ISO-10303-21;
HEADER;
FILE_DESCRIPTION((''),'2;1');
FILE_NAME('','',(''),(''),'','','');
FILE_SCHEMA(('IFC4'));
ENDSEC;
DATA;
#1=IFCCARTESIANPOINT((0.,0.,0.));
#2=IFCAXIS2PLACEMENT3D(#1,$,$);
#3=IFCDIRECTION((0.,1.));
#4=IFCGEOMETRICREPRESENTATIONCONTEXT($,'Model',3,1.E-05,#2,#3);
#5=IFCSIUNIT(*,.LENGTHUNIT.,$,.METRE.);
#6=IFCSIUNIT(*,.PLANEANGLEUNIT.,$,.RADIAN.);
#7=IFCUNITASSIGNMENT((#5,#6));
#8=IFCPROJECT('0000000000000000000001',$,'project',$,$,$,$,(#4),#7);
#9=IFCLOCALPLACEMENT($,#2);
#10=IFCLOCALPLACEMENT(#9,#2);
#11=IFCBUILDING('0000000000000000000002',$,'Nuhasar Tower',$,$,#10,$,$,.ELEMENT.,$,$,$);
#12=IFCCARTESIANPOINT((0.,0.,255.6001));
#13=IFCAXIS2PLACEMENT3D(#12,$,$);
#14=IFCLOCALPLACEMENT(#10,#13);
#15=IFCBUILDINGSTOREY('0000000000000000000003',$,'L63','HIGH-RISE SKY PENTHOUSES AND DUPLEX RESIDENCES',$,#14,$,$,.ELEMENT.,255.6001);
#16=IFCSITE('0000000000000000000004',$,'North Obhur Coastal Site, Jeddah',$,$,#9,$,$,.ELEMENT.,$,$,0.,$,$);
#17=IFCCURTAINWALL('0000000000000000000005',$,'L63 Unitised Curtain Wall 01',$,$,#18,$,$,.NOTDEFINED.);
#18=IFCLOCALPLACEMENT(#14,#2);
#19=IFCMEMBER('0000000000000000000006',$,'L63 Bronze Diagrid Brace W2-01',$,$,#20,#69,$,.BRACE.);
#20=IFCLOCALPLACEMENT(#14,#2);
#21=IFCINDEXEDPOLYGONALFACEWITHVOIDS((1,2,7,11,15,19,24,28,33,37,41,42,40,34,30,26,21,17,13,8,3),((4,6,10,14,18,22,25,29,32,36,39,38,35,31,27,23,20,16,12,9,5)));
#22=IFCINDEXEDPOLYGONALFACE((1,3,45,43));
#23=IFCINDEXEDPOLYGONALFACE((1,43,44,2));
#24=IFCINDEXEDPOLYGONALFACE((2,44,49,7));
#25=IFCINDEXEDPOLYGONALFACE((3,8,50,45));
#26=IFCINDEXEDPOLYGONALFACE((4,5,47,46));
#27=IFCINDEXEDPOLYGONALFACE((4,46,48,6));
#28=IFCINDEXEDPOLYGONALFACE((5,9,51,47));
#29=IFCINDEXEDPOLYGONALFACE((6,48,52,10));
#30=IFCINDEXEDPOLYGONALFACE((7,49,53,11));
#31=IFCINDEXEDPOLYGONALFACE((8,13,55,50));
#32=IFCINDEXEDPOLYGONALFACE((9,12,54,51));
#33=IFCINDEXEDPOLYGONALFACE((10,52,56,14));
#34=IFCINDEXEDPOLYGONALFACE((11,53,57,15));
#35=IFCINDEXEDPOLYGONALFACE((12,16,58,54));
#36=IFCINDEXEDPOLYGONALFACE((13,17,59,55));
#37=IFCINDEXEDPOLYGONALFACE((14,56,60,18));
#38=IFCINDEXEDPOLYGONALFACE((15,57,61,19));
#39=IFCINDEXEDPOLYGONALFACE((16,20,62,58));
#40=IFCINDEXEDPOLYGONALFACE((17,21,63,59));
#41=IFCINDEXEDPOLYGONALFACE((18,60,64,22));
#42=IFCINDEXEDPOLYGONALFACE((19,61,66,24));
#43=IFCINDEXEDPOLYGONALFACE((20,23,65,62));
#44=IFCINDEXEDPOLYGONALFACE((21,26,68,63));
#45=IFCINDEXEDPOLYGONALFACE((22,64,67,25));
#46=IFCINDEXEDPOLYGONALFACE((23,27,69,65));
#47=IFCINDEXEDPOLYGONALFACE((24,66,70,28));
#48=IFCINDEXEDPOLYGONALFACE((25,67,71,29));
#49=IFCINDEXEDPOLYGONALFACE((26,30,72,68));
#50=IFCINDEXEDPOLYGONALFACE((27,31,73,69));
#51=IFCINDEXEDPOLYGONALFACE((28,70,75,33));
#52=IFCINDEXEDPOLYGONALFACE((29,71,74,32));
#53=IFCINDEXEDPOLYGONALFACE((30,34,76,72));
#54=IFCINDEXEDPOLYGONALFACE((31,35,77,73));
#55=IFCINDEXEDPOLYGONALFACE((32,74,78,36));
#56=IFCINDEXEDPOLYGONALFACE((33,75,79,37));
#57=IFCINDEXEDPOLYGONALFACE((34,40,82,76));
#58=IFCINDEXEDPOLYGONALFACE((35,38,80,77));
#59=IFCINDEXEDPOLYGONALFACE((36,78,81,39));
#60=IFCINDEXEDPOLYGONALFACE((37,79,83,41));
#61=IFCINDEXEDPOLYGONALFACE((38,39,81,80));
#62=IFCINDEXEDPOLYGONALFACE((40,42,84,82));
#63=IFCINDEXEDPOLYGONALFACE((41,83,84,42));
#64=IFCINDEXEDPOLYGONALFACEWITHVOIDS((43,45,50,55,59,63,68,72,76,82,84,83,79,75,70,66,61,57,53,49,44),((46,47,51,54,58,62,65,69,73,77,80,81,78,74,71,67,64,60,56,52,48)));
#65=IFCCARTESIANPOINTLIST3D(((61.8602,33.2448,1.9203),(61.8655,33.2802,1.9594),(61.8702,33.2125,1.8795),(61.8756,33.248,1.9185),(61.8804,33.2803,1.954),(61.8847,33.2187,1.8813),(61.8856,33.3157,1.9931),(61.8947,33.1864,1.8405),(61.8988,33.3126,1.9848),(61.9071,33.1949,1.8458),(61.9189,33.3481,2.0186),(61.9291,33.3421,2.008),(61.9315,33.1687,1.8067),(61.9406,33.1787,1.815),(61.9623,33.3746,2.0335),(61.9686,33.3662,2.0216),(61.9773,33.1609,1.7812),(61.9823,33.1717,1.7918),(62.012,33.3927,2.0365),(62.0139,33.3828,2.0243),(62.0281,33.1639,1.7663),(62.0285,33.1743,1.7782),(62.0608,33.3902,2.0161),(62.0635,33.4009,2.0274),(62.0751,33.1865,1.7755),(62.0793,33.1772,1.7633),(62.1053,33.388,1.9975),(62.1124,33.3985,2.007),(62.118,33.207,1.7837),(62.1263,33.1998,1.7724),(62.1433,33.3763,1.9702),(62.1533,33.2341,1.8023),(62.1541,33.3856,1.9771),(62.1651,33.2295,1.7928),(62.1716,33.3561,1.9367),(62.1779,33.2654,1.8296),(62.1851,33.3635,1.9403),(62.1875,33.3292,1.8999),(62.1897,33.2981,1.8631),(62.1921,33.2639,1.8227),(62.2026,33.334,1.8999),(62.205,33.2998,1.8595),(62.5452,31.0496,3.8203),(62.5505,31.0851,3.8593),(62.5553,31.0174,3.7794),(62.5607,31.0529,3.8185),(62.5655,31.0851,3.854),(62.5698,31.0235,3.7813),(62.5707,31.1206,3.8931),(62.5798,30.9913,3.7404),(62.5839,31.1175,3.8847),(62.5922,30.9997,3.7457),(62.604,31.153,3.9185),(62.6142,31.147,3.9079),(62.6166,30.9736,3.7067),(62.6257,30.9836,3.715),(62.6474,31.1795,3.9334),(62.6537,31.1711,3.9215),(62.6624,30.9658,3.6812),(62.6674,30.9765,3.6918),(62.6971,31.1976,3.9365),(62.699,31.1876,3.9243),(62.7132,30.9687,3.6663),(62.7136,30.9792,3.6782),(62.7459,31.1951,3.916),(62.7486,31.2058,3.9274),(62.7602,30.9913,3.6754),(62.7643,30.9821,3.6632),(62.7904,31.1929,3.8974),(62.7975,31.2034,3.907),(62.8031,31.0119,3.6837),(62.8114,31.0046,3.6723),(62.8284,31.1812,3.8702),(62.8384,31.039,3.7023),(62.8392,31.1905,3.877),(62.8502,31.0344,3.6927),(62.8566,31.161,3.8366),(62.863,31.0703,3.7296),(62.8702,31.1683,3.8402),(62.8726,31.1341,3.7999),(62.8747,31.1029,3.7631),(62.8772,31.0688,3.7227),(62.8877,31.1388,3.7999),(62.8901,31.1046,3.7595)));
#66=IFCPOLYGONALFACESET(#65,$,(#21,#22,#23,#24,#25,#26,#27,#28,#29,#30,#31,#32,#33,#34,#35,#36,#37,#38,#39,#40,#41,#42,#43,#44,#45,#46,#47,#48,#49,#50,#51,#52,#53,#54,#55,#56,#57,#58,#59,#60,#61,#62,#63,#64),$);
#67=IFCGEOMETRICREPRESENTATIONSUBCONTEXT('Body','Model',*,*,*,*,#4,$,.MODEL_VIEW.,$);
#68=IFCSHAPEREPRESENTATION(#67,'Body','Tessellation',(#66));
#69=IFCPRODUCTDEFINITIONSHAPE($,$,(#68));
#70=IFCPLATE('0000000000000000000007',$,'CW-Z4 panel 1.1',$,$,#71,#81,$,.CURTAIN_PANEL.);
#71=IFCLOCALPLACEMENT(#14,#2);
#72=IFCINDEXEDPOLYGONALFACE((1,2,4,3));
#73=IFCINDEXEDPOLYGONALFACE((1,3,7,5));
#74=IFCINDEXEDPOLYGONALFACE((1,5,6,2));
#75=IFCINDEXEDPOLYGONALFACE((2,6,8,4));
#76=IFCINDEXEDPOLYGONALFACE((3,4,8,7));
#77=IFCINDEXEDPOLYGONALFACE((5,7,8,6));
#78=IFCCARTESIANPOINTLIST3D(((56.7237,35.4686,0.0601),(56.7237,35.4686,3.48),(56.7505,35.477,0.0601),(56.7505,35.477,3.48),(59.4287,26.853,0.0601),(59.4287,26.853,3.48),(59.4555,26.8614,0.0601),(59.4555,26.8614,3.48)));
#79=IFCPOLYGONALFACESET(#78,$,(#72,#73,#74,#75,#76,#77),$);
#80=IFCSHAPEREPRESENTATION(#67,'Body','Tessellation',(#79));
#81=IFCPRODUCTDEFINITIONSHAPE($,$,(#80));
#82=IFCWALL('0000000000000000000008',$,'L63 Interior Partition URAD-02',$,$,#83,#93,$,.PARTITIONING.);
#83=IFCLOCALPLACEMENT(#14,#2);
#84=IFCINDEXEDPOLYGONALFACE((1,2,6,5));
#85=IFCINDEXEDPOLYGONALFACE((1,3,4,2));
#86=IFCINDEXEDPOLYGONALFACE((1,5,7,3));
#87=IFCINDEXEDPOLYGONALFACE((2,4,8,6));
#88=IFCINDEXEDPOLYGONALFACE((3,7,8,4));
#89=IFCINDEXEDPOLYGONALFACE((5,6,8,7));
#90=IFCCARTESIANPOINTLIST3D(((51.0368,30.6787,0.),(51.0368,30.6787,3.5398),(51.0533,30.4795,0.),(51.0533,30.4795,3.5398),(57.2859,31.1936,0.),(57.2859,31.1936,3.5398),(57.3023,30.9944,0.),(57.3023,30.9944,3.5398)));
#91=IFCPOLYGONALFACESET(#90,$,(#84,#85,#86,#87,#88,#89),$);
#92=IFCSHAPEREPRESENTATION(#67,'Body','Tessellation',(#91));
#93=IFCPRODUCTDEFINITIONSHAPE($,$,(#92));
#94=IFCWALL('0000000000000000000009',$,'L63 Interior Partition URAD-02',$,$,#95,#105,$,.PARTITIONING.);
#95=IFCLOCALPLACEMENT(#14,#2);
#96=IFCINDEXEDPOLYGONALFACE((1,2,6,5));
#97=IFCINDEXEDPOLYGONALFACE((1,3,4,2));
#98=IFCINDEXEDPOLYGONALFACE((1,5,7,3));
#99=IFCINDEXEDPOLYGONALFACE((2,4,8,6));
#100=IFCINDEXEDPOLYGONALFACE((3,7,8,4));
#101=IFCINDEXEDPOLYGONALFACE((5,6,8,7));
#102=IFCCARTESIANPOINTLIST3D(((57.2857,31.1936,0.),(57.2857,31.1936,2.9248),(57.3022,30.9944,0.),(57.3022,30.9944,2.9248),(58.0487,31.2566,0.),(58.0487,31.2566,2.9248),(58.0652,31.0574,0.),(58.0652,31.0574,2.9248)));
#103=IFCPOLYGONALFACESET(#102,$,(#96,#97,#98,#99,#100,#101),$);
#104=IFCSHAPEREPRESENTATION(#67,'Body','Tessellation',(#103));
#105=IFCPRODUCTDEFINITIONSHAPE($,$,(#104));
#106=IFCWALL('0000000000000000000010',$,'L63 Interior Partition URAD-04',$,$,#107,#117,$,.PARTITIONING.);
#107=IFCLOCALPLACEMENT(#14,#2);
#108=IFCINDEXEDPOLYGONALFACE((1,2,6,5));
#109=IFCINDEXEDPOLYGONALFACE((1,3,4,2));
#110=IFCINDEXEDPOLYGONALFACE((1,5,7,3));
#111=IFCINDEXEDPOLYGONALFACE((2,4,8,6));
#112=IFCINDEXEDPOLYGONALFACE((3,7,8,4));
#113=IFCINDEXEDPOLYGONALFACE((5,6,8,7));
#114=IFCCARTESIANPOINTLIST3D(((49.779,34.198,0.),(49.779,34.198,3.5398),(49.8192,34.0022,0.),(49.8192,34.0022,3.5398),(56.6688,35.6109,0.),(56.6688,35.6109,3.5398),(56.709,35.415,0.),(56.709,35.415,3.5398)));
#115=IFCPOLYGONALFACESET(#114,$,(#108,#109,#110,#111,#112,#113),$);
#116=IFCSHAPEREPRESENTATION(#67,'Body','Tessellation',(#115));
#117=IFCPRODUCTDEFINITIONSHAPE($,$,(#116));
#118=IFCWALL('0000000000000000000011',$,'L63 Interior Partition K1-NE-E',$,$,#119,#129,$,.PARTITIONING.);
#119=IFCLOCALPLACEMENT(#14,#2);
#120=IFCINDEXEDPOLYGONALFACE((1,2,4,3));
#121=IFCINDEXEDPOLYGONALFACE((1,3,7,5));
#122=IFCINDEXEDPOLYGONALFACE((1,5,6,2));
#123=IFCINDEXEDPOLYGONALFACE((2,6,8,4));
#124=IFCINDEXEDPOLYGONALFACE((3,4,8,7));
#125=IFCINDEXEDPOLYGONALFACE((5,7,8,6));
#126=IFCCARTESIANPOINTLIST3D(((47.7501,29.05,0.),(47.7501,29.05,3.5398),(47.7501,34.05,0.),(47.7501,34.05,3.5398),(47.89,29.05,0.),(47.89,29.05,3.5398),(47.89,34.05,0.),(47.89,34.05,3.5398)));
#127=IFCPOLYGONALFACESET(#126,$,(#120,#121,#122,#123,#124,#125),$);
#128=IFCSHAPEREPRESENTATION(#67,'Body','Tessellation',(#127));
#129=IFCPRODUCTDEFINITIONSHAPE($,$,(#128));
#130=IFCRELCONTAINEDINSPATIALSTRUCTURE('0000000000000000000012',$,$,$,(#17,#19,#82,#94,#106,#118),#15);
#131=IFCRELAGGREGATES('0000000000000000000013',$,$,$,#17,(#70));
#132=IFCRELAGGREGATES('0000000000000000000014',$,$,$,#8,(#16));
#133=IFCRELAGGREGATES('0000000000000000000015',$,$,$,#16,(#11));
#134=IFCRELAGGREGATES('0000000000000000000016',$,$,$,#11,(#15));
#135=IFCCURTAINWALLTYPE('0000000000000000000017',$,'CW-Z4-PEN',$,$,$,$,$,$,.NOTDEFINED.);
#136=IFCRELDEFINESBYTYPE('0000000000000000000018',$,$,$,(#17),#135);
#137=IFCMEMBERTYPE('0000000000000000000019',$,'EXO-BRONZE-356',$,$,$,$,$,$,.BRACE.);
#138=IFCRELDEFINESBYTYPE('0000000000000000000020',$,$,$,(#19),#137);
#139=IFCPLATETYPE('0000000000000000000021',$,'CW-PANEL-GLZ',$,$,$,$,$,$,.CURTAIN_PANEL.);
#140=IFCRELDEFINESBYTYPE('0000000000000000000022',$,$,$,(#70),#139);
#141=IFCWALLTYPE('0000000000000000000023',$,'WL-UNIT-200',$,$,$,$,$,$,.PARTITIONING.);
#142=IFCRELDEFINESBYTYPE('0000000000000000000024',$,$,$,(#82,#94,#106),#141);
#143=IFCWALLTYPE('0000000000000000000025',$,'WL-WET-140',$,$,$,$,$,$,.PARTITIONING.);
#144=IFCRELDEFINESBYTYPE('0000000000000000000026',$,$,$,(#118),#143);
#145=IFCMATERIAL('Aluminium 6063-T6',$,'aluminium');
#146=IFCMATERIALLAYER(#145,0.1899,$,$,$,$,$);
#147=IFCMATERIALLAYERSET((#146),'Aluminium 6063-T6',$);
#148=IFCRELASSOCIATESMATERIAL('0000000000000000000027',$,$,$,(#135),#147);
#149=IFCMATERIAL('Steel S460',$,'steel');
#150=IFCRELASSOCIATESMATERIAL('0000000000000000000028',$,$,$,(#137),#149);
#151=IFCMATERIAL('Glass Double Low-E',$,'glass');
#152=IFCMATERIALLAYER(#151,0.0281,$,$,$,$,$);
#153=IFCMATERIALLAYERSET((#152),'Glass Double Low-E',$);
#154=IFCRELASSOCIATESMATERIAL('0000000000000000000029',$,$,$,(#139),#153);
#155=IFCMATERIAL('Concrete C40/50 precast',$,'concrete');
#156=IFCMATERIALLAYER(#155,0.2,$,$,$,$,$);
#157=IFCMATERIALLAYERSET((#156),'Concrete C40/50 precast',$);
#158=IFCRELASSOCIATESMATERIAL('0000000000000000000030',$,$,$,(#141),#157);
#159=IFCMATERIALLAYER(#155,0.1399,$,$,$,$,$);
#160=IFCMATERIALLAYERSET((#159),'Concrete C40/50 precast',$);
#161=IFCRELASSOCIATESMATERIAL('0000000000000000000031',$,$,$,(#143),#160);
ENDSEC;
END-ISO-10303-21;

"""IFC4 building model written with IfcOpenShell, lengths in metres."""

from ifc_helpers import new_model, si_unit, direction, frame, frame_2d, origin, origin_2d, place, context, subcontext, project, spatial, rectangle, hollow_circle, extrude, material, layer, layer_set, material_profile, profile_set, type_object, element, aggregate, save


model = new_model("IFC4")

# Units and contexts
model_context = context("Model", 3, precision=1e-05, world=origin(), true_north=direction((0.0, 1.0)))
body_context = subcontext(model_context, "Body", "Model", "MODEL_VIEW")
ifc_project = project(units=[si_unit("LENGTHUNIT", "METRE"), si_unit("PLANEANGLEUNIT", "RADIAN")], contexts=[model_context])

# Site, building, storey
site_placement = place(None, origin())
site = spatial("IfcSite", under=ifc_project, at=site_placement, Name="North Obhur Coastal Site, Jeddah", CompositionType="ELEMENT", RefElevation=0.0)
building_placement = place(site_placement, origin())
building = spatial("IfcBuilding", under=site, at=building_placement, Name="Nuhasar Tower", CompositionType="ELEMENT")
storey_placement = place(building_placement, frame((0.0, 0.0, 255.6001)))
storey = spatial("IfcBuildingStorey", under=building, at=storey_placement, Name="L63", Description="HIGH-RISE SKY PENTHOUSES AND DUPLEX RESIDENCES", CompositionType="ELEMENT", Elevation=255.6001)

# Shared definitions
ifc_material_1 = material(Name="Steel S460", Category="steel")

# Curtain wall
ifc_material_2 = material(Name="Aluminium 6063-T6", Category="aluminium")
ifc_layer_1 = layer(ifc_material_2, 0.1899)
ifc_layer_set_1 = layer_set([ifc_layer_1], Name="Aluminium 6063-T6")
curtain_wall_type = type_object("IfcCurtainWallType", Name="CW-Z4-PEN", PredefinedType="NOTDEFINED", material=ifc_layer_set_1)
curtain_wall_placement = place(storey_placement, origin())
curtain_wall = element("IfcCurtainWall", 1, at=curtain_wall_placement, inside=storey, type_object=curtain_wall_type, Name="L63 Unitised Curtain Wall 01", PredefinedType="NOTDEFINED")

# Member
ifc_material_profile_1 = material_profile(ifc_material_1, hollow_circle(Radius=0.1777, WallThickness=0.0159, at=origin_2d()), Name="HSS355.6X15.9")
ifc_profile_set_1 = profile_set([ifc_material_profile_1], Name="Steel S460")
member_type_1 = type_object("IfcMemberType", Name="EXO-BRONZE-356", PredefinedType="BRACE", material=ifc_profile_set_1)
for number, where, z_axis, x_axis, name in (
    (2, (62.033, 33.281, 1.8999), (0.229668, -0.735902, 0.636947), (0.954591, 0.297918, 0.0), "L63 Bronze Diagrid Brace W2-01"),
):
    element("IfcMember", number, at=place(storey_placement, frame(where, z_axis=z_axis, x_axis=x_axis)), inside=storey, type_object=member_type_1, Name=name, PredefinedType="BRACE", context=body_context, shape_type="SweptSolid", body=[
        extrude(hollow_circle(Radius=0.1777, WallThickness=0.0159, at=origin_2d()), origin(), (0.0, 0.0, 1.0), 2.9829),
    ])

# Plate
ifc_material_3 = material(Name="Glass Double Low-E", Category="glass")
ifc_layer_2 = layer(ifc_material_3, 0.0281)
ifc_layer_set_2 = layer_set([ifc_layer_2], Name="Glass Double Low-E")
plate_type = type_object("IfcPlateType", Name="CW-PANEL-GLZ", PredefinedType="CURTAIN_PANEL", material=ifc_layer_set_2)
plate_placement = place(storey_placement, frame((58.0896, 31.165, 0.0601), z_axis=(0.0, 0.0, 1.0), x_axis=(-0.299557, 0.954079, 0.0)))
plate = element("IfcPlate", 3, at=plate_placement, type_object=plate_type, Name="CW-Z4 panel 1.1", PredefinedType="CURTAIN_PANEL", context=body_context, shape_type="SweptSolid", body=[
    extrude(rectangle(XDim=9.0303, YDim=0.0281, at=origin_2d()), origin(), (0.0, 0.0, 1.0), 3.4199),
])
aggregate(curtain_wall, [plate])

# Walls
ifc_material_4 = material(Name="Concrete C40/50 precast", Category="concrete")
ifc_layer_3 = layer(ifc_material_4, 0.2)
ifc_layer_set_3 = layer_set([ifc_layer_3], Name="Concrete C40/50 precast")
wall_type_1 = type_object("IfcWallType", Name="WL-UNIT-200", PredefinedType="PARTITIONING", material=ifc_layer_set_3)
wall_1_placement = place(storey_placement, frame((51.0449, 30.5791, 0.0), z_axis=(0.0, 0.0, 1.0), x_axis=(0.996623, 0.082117, 0.0)))
element("IfcWall", 4, at=wall_1_placement, inside=storey, type_object=wall_type_1, Name="L63 Interior Partition URAD-02", PredefinedType="PARTITIONING", context=body_context, shape_type="SweptSolid", body=[
    extrude(rectangle(XDim=6.2703, YDim=0.2, at=frame_2d((3.1353, 0.0))), origin(), (0.0, 0.0, 1.0), 3.5398),
])
wall_2_placement = place(storey_placement, frame((57.2939, 31.094, 0.0), z_axis=(0.0, 0.0, 1.0), x_axis=(0.996609, 0.08228, 0.0)))
element("IfcWall", 5, at=wall_2_placement, inside=storey, type_object=wall_type_1, Name="L63 Interior Partition URAD-02", PredefinedType="PARTITIONING", context=body_context, shape_type="SweptSolid", body=[
    extrude(rectangle(XDim=0.7656, YDim=0.2, at=frame_2d((0.3828, 0.0))), origin(), (0.0, 0.0, 1.0), 2.9248),
])
wall_3_placement = place(storey_placement, frame((49.7991, 34.1001, 0.0), z_axis=(0.0, 0.0, 1.0), x_axis=(0.979616, 0.20088, 0.0)))
element("IfcWall", 6, at=wall_3_placement, inside=storey, type_object=wall_type_1, Name="L63 Interior Partition URAD-04", PredefinedType="PARTITIONING", context=body_context, shape_type="SweptSolid", body=[
    extrude(rectangle(XDim=7.0332, YDim=0.2, at=frame_2d((3.5166, 0.0))), origin(), (0.0, 0.0, 1.0), 3.5398),
])
ifc_layer_4 = layer(ifc_material_4, 0.1399)
ifc_layer_set_4 = layer_set([ifc_layer_4], Name="Concrete C40/50 precast")
wall_type_2 = type_object("IfcWallType", Name="WL-WET-140", PredefinedType="PARTITIONING", material=ifc_layer_set_4)
wall_4_placement = place(storey_placement, frame((47.8201, 29.05, 0.0), z_axis=(0.0, 0.0, 1.0), x_axis=(0.0, 1.0, 0.0)))
element("IfcWall", 7, at=wall_4_placement, inside=storey, type_object=wall_type_2, Name="L63 Interior Partition K1-NE-E", PredefinedType="PARTITIONING", context=body_context, shape_type="SweptSolid", body=[
    extrude(rectangle(XDim=5.0, YDim=0.1399, at=frame_2d((2.5, 0.0))), origin(), (0.0, 0.0, 1.0), 3.5398),
])

save(model, "model.ifc")
